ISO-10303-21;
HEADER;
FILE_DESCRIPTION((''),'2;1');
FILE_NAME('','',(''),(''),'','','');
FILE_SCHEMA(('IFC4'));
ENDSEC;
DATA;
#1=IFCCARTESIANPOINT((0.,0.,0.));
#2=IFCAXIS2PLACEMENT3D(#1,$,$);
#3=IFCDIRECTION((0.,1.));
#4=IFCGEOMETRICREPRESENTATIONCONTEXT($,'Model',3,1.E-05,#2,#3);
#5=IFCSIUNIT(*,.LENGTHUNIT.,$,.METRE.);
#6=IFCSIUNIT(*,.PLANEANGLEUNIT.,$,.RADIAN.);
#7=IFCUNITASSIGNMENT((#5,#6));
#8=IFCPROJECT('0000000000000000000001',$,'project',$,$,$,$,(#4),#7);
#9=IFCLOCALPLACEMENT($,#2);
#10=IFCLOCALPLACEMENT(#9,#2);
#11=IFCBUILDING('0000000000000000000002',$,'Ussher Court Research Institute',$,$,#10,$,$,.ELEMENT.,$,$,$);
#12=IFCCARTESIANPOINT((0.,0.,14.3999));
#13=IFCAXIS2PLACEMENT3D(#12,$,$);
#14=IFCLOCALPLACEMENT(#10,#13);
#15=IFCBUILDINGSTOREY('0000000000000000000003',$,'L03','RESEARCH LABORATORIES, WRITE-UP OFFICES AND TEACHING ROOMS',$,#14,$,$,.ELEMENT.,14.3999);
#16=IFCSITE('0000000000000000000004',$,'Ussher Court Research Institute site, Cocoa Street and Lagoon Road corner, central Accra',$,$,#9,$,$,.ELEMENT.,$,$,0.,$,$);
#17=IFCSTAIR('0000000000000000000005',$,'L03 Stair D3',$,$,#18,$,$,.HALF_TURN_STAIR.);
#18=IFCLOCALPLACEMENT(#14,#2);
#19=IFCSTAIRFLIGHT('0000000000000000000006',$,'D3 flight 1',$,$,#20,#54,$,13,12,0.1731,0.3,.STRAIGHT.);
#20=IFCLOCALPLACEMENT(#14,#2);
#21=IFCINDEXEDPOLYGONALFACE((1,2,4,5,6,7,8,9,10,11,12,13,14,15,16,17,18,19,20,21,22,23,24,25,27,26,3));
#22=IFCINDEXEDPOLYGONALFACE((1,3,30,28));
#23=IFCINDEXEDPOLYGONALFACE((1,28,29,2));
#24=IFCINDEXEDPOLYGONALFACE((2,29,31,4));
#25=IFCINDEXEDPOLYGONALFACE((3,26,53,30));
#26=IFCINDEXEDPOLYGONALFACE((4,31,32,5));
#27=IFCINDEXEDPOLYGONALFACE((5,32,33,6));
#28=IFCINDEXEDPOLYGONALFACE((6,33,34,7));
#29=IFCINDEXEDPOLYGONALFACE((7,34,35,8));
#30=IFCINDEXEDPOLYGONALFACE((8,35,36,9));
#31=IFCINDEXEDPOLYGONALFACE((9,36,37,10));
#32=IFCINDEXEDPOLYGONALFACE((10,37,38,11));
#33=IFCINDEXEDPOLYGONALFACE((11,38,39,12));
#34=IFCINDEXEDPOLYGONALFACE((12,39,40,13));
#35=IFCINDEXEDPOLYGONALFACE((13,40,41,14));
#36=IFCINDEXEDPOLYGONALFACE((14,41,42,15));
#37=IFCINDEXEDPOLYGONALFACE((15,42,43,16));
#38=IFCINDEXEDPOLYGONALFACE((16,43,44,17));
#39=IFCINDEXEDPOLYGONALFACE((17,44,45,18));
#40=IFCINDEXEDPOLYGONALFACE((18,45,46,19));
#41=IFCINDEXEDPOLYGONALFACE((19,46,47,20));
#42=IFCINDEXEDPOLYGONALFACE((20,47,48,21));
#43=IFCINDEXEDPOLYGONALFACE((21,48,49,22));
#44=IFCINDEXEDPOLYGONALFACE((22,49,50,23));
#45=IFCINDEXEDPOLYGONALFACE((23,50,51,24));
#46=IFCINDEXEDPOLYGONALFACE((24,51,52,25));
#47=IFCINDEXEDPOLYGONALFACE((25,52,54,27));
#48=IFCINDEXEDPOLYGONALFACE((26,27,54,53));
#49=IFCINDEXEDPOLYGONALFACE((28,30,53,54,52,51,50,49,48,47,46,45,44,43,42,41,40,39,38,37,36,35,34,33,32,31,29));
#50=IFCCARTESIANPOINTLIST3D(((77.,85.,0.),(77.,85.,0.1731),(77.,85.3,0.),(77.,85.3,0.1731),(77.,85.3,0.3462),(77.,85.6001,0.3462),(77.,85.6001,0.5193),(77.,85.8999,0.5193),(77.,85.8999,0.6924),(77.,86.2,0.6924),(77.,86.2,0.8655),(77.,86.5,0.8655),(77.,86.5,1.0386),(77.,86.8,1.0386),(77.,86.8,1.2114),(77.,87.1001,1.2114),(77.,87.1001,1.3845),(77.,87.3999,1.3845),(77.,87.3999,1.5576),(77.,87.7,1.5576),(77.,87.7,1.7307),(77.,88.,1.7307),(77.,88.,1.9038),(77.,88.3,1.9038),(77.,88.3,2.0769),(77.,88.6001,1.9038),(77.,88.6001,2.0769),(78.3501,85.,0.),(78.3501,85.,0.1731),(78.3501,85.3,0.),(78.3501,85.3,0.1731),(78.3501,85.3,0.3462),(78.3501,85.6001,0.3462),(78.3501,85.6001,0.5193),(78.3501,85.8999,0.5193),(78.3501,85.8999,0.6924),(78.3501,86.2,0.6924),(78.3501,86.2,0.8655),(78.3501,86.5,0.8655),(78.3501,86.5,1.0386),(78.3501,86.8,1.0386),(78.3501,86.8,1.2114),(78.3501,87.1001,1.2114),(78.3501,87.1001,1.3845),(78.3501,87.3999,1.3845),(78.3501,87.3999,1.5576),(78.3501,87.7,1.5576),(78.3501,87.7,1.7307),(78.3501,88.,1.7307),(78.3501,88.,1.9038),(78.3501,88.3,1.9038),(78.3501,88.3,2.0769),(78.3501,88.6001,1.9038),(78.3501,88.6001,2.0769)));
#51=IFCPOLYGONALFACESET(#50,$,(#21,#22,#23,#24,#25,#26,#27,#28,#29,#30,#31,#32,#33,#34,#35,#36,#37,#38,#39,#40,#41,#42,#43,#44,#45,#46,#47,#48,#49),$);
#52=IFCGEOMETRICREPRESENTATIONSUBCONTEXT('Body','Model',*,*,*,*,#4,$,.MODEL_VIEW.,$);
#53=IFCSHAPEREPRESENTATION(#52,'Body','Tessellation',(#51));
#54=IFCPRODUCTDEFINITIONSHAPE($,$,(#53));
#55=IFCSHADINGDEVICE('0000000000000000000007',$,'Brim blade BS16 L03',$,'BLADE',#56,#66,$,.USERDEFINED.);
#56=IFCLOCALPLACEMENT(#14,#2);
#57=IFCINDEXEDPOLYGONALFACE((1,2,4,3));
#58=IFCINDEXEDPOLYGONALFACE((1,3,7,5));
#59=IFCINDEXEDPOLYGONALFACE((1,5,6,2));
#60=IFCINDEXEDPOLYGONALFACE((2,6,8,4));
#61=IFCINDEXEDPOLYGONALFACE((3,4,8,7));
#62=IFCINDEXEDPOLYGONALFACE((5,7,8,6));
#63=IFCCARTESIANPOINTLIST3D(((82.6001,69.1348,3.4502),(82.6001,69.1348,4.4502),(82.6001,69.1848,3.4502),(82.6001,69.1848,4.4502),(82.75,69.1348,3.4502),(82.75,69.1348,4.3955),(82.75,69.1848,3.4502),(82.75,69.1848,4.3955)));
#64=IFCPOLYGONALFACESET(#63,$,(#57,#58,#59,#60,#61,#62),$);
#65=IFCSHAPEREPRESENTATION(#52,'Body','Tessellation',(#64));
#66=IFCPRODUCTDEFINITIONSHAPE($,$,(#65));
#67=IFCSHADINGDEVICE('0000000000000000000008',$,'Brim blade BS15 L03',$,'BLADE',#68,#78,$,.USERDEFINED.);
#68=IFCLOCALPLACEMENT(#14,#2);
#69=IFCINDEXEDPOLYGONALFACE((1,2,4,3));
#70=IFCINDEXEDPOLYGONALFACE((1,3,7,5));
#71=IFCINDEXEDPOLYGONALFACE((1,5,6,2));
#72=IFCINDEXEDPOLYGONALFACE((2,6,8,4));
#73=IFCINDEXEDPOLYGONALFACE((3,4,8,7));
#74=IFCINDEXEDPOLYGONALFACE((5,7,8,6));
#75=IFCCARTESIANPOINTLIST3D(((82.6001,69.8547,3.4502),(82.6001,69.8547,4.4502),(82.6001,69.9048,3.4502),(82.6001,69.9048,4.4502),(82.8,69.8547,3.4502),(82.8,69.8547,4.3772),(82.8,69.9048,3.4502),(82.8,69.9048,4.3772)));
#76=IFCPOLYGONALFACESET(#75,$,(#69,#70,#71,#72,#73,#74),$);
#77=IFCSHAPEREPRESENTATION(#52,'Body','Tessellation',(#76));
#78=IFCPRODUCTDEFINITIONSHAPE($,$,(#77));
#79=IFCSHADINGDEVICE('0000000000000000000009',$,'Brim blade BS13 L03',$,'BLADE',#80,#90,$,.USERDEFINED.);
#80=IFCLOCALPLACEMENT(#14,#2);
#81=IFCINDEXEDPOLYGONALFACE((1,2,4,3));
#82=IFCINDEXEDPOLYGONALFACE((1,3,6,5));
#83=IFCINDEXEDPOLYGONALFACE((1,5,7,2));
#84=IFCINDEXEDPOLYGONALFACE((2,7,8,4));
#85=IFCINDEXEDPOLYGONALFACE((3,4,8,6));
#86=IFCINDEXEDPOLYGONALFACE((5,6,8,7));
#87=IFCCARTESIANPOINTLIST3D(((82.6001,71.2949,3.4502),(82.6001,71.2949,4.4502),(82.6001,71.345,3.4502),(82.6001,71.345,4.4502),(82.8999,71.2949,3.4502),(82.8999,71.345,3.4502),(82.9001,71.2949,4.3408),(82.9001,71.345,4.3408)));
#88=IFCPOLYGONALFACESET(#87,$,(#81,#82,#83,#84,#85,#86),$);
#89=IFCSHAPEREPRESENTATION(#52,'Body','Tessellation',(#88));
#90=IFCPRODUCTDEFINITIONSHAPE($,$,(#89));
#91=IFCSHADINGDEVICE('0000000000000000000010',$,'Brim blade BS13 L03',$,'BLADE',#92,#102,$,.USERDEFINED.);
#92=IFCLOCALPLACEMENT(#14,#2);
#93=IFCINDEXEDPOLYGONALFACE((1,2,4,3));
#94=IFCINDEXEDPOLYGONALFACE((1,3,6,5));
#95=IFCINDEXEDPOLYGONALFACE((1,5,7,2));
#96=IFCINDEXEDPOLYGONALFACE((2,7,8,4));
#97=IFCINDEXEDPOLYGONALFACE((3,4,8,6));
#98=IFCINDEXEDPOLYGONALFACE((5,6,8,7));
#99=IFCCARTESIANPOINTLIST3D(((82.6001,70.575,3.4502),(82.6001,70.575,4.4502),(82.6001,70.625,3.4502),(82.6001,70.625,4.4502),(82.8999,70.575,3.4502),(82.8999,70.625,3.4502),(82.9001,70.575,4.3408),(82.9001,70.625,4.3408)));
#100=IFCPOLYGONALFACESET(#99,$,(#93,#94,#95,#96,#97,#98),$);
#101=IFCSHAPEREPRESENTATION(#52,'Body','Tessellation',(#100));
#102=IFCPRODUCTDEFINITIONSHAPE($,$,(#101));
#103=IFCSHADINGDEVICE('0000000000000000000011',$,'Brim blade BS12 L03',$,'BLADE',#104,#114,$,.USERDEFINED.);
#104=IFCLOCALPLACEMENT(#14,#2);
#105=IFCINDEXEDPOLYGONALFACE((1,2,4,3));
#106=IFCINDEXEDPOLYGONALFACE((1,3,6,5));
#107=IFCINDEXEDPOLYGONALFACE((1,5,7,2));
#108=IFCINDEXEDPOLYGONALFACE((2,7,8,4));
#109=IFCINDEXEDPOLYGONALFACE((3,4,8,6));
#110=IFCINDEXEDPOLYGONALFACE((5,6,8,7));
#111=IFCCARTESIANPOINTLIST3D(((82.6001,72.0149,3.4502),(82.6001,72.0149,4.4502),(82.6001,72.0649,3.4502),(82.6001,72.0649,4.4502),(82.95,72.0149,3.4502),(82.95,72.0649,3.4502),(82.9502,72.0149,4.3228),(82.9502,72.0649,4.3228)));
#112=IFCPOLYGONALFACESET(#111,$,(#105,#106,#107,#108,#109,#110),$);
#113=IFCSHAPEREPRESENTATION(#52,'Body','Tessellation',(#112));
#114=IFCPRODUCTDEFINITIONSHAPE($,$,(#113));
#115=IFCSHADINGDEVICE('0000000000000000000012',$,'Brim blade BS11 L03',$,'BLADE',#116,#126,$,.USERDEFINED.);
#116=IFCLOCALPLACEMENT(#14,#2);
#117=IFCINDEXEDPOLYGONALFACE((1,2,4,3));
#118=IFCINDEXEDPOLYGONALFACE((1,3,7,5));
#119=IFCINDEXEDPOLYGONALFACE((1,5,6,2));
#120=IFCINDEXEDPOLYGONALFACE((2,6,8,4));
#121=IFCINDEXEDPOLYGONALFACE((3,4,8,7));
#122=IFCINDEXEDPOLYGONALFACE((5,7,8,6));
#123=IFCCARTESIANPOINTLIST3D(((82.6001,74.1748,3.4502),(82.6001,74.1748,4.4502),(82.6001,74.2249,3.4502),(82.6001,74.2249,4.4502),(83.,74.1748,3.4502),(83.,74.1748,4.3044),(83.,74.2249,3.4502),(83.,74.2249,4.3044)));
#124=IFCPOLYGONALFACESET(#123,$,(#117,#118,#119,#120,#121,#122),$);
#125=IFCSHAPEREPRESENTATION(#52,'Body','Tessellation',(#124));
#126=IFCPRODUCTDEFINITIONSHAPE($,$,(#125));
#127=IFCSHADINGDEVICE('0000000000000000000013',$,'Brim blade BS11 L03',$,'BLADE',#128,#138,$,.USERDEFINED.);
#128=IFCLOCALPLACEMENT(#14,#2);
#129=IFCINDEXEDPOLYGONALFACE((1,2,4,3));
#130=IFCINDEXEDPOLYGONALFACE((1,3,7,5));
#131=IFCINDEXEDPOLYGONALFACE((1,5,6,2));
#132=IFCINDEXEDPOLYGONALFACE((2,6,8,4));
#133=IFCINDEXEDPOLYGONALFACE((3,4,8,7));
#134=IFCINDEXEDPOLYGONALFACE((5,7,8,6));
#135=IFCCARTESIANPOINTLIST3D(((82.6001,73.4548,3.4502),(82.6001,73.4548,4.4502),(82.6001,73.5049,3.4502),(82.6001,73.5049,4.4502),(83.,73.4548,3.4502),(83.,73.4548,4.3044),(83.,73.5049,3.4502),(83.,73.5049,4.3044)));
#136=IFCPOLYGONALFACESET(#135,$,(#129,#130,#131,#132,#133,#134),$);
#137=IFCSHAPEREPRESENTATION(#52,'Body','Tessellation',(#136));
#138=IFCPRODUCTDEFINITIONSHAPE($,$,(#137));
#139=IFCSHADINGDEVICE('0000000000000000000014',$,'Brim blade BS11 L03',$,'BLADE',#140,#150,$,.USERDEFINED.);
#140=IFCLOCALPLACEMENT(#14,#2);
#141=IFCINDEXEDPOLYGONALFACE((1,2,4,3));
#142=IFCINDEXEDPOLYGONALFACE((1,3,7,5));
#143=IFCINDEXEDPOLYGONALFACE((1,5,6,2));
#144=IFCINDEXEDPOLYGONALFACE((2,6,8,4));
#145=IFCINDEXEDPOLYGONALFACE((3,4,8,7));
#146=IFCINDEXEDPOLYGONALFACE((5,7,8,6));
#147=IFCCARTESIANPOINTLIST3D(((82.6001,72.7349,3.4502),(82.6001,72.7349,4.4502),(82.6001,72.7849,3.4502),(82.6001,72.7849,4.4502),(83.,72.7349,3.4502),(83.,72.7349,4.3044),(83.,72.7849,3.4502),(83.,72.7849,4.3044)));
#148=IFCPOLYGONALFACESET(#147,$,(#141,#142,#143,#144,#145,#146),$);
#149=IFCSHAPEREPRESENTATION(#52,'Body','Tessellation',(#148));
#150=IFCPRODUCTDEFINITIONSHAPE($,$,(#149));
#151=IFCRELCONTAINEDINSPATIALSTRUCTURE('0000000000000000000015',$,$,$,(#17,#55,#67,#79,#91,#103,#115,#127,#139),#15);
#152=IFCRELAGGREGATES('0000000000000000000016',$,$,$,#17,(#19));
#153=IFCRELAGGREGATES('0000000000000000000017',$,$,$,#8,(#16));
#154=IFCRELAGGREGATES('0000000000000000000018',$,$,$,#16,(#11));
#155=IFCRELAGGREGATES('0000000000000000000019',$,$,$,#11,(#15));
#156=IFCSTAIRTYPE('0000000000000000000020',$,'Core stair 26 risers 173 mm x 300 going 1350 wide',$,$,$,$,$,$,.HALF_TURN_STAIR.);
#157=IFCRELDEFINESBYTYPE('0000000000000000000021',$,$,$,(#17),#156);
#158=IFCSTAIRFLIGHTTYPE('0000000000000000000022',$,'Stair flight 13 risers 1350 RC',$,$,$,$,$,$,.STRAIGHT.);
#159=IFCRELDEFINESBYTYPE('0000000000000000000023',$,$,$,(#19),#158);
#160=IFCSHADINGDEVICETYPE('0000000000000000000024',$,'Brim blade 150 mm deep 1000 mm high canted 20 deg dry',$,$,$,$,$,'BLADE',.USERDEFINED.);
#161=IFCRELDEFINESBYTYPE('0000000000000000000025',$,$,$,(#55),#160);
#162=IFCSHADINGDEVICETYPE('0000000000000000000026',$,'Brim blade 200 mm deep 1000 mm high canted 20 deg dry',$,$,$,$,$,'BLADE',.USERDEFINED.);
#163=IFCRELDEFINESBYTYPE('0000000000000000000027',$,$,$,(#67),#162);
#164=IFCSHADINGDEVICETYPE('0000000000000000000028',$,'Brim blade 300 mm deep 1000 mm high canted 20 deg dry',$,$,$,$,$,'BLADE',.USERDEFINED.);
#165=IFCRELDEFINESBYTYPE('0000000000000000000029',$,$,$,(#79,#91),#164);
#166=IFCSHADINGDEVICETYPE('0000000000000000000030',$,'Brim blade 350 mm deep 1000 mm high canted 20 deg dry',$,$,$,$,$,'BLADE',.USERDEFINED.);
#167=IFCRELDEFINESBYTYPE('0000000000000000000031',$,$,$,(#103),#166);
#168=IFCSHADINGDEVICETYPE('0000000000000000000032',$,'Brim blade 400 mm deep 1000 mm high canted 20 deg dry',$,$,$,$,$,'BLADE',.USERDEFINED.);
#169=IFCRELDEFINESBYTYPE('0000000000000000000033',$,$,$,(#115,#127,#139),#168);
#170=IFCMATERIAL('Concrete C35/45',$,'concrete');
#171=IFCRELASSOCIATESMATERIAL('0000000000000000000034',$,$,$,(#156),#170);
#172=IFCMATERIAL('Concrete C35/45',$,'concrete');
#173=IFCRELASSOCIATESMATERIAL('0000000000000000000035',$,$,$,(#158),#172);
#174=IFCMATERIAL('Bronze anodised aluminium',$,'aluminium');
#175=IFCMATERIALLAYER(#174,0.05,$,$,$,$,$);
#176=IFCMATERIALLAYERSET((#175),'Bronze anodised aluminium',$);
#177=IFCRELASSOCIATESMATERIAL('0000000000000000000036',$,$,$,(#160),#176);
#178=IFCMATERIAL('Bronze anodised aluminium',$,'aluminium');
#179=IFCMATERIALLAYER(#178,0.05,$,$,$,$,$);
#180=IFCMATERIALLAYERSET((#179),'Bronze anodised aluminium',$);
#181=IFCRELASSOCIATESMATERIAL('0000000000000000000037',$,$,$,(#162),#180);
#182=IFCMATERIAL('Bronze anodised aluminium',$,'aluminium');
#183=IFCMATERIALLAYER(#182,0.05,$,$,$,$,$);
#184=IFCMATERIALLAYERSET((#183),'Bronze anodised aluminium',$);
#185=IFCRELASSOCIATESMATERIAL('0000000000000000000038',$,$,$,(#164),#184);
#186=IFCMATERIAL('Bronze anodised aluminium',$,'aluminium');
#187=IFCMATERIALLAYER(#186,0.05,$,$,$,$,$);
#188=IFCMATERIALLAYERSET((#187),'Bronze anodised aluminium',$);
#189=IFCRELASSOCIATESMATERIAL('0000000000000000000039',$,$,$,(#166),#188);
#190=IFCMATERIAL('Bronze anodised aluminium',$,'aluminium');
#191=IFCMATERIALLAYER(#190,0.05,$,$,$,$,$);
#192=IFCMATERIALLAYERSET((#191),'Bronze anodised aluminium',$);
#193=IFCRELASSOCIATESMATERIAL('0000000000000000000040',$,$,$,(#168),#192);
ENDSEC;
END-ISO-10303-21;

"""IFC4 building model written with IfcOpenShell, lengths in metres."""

from ifc_helpers import new_model, si_unit, direction, frame, origin, place, context, subcontext, project, spatial, polyline, outline, extrude, material, layer, layer_set, type_object, element, aggregate, save


model = new_model("IFC4")

# Units and contexts
model_context = context("Model", 3, precision=1e-05, world=origin(), true_north=direction((0.0, 1.0)))
body_context = subcontext(model_context, "Body", "Model", "MODEL_VIEW")
ifc_project = project(units=[si_unit("LENGTHUNIT", "METRE"), si_unit("PLANEANGLEUNIT", "RADIAN")], contexts=[model_context])

# Site, building, storey
site_placement = place(None, origin())
site = spatial("IfcSite", under=ifc_project, at=site_placement, Name="Ussher Court Research Institute site, Cocoa Street and Lagoon Road corner, central Accra", CompositionType="ELEMENT", RefElevation=0.0)
building_placement = place(site_placement, origin())
building = spatial("IfcBuilding", under=site, at=building_placement, Name="Ussher Court Research Institute", CompositionType="ELEMENT")
storey_placement = place(building_placement, frame((0.0, 0.0, 14.3999)))
storey = spatial("IfcBuildingStorey", under=building, at=storey_placement, Name="L03", Description="RESEARCH LABORATORIES, WRITE-UP OFFICES AND TEACHING ROOMS", CompositionType="ELEMENT", Elevation=14.3999)

# Stair, stair flight
ifc_material_1 = material(Name="Concrete C35/45", Category="concrete")
stair_type = type_object("IfcStairType", Name="Core stair 26 risers 173 mm x 300 going 1350 wide", PredefinedType="HALF_TURN_STAIR", material=ifc_material_1)
stair_placement = place(storey_placement, origin())
stair = element("IfcStair", 1, at=stair_placement, inside=storey, type_object=stair_type, Name="L03 Stair D3", PredefinedType="HALF_TURN_STAIR")
ifc_material_2 = material(Name="Concrete C35/45", Category="concrete")
stair_flight_type = type_object("IfcStairFlightType", Name="Stair flight 13 risers 1350 RC", PredefinedType="STRAIGHT", material=ifc_material_2)
stair_flight_placement = place(storey_placement, frame((77.675, 85.0, 0.0), z_axis=(0.0, 0.0, 1.0), x_axis=(0.0, 1.0, 0.0)))
stair_flight = element("IfcStairFlight", 2, at=stair_flight_placement, type_object=stair_flight_type, Name="D3 flight 1", NumberOfRisers=13, NumberOfTreads=12, PredefinedType="STRAIGHT", RiserHeight=0.1731, TreadLength=0.3, context=body_context, shape_type="SweptSolid", body=[
    extrude(outline(polyline([(0.0, 0.0), (0.0, 0.1731), (0.3, 0.1731), (0.3, 0.3462), (0.6001, 0.3462), (0.6001, 0.5193), (0.8999, 0.5193), (0.8999, 0.6924), (1.2, 0.6924), (1.2, 0.8655), (1.5, 0.8655), (1.5, 1.0386), (1.8, 1.0386), (1.8, 1.2114), (2.1001, 1.2114), (2.1001, 1.3845), (2.3999, 1.3845), (2.3999, 1.5576), (2.7, 1.5576), (2.7, 1.7307), (3.0, 1.7307), (3.0, 1.9038), (3.3, 1.9038), (3.3, 2.0769), (3.6001, 2.0769), (3.6001, 2.25), (3.6001, 1.9038), (0.3, 0.0), (0.0, 0.0)])), frame((0.0, 0.675, 0.0), z_axis=(0.0, -1.0, 0.0), x_axis=(1.0, 0.0, 0.0)), (0.0, 0.0, 1.0), 1.3501),
])
aggregate(stair, [stair_flight])

# Shading devices
ifc_material_3 = material(Name="Bronze anodised aluminium", Category="aluminium")
ifc_layer_1 = layer(ifc_material_3, 0.05)
ifc_layer_set_1 = layer_set([ifc_layer_1], Name="Bronze anodised aluminium")
shading_device_type_1 = type_object("IfcShadingDeviceType", Name="Brim blade 150 mm deep 1000 mm high canted 20 deg dry", ElementType="BLADE", PredefinedType="USERDEFINED", material=ifc_layer_set_1)
shading_device_1_placement = place(storey_placement, frame((82.6001, 69.1599, 3.4502), z_axis=(0.0, 0.0, 1.0), x_axis=(1.0, 0.0, 0.0)))
element("IfcShadingDevice", 3, at=shading_device_1_placement, inside=storey, type_object=shading_device_type_1, Name="Brim blade BS16 L03", ObjectType="BLADE", PredefinedType="USERDEFINED", context=body_context, shape_type="SweptSolid", body=[
    extrude(outline(polyline([(0.0, 0.0), (0.1499, 0.0), (0.1499, 0.9453), (0.0, 1.0), (0.0, 0.0)])), frame((0.0, 0.0249, 0.0), z_axis=(0.0, -1.0, 0.0), x_axis=(1.0, 0.0, 0.0)), (0.0, 0.0, 1.0), 0.05),
])
ifc_material_4 = material(Name="Bronze anodised aluminium", Category="aluminium")
ifc_layer_2 = layer(ifc_material_4, 0.05)
ifc_layer_set_2 = layer_set([ifc_layer_2], Name="Bronze anodised aluminium")
shading_device_type_2 = type_object("IfcShadingDeviceType", Name="Brim blade 200 mm deep 1000 mm high canted 20 deg dry", ElementType="BLADE", PredefinedType="USERDEFINED", material=ifc_layer_set_2)
shading_device_2_placement = place(storey_placement, frame((82.6001, 69.8799, 3.4502), z_axis=(0.0, 0.0, 1.0), x_axis=(1.0, 0.0, 0.0)))
element("IfcShadingDevice", 4, at=shading_device_2_placement, inside=storey, type_object=shading_device_type_2, Name="Brim blade BS15 L03", ObjectType="BLADE", PredefinedType="USERDEFINED", context=body_context, shape_type="SweptSolid", body=[
    extrude(outline(polyline([(0.0, 0.0), (0.2, 0.0), (0.2, 0.927), (0.0, 1.0), (0.0, 0.0)])), frame((0.0, 0.0249, 0.0), z_axis=(0.0, -1.0, 0.0), x_axis=(1.0, 0.0, 0.0)), (0.0, 0.0, 1.0), 0.05),
])
ifc_material_5 = material(Name="Bronze anodised aluminium", Category="aluminium")
ifc_layer_3 = layer(ifc_material_5, 0.05)
ifc_layer_set_3 = layer_set([ifc_layer_3], Name="Bronze anodised aluminium")
shading_device_type_3 = type_object("IfcShadingDeviceType", Name="Brim blade 300 mm deep 1000 mm high canted 20 deg dry", ElementType="BLADE", PredefinedType="USERDEFINED", material=ifc_layer_set_3)
for number, where, z_axis, x_axis, name in (
    (5, (82.6001, 71.3201, 3.4502), (0.0, 0.0, 1.0), (1.0, 0.0, 0.0), "Brim blade BS13 L03"),
    (6, (82.6001, 70.6001, 3.4502), (0.0, 0.0, 1.0), (1.0, 0.0, 0.0), "Brim blade BS13 L03"),
):
    element("IfcShadingDevice", number, at=place(storey_placement, frame(where, z_axis=z_axis, x_axis=x_axis)), inside=storey, type_object=shading_device_type_3, Name=name, ObjectType="BLADE", PredefinedType="USERDEFINED", context=body_context, shape_type="SweptSolid", body=[
        extrude(outline(polyline([(0.0, 0.0), (0.2998, 0.0), (0.3, 0.8906), (0.0, 1.0), (0.0, 0.0)])), frame((0.0, 0.0249, 0.0), z_axis=(0.0, -1.0, 0.0), x_axis=(1.0, 0.0, 0.0)), (0.0, 0.0, 1.0), 0.05),
    ])
ifc_material_6 = material(Name="Bronze anodised aluminium", Category="aluminium")
ifc_layer_4 = layer(ifc_material_6, 0.05)
ifc_layer_set_4 = layer_set([ifc_layer_4], Name="Bronze anodised aluminium")
shading_device_type_4 = type_object("IfcShadingDeviceType", Name="Brim blade 350 mm deep 1000 mm high canted 20 deg dry", ElementType="BLADE", PredefinedType="USERDEFINED", material=ifc_layer_set_4)
shading_device_3_placement = place(storey_placement, frame((82.6001, 72.04, 3.4502), z_axis=(0.0, 0.0, 1.0), x_axis=(1.0, 0.0, 0.0)))
element("IfcShadingDevice", 7, at=shading_device_3_placement, inside=storey, type_object=shading_device_type_4, Name="Brim blade BS12 L03", ObjectType="BLADE", PredefinedType="USERDEFINED", context=body_context, shape_type="SweptSolid", body=[
    extrude(outline(polyline([(0.0, 0.0), (0.3499, 0.0), (0.3501, 0.8726), (0.0, 1.0), (0.0, 0.0)])), frame((0.0, 0.0249, 0.0), z_axis=(0.0, -1.0, 0.0), x_axis=(1.0, 0.0, 0.0)), (0.0, 0.0, 1.0), 0.05),
])
ifc_material_7 = material(Name="Bronze anodised aluminium", Category="aluminium")
ifc_layer_5 = layer(ifc_material_7, 0.05)
ifc_layer_set_5 = layer_set([ifc_layer_5], Name="Bronze anodised aluminium")
shading_device_type_5 = type_object("IfcShadingDeviceType", Name="Brim blade 400 mm deep 1000 mm high canted 20 deg dry", ElementType="BLADE", PredefinedType="USERDEFINED", material=ifc_layer_set_5)
for number, where, z_axis, x_axis, name in (
    (8, (82.6001, 74.2, 3.4502), (0.0, 0.0, 1.0), (1.0, 0.0, 0.0), "Brim blade BS11 L03"),
    (9, (82.6001, 73.48, 3.4502), (0.0, 0.0, 1.0), (1.0, 0.0, 0.0), "Brim blade BS11 L03"),
    (10, (82.6001, 72.76, 3.4502), (0.0, 0.0, 1.0), (1.0, 0.0, 0.0), "Brim blade BS11 L03"),
):
    element("IfcShadingDevice", number, at=place(storey_placement, frame(where, z_axis=z_axis, x_axis=x_axis)), inside=storey, type_object=shading_device_type_5, Name=name, ObjectType="BLADE", PredefinedType="USERDEFINED", context=body_context, shape_type="SweptSolid", body=[
        extrude(outline(polyline([(0.0, 0.0), (0.3999, 0.0), (0.3999, 0.8542), (0.0, 1.0), (0.0, 0.0)])), frame((0.0, 0.0249, 0.0), z_axis=(0.0, -1.0, 0.0), x_axis=(1.0, 0.0, 0.0)), (0.0, 0.0, 1.0), 0.05),
    ])

save(model, "model.ifc")
